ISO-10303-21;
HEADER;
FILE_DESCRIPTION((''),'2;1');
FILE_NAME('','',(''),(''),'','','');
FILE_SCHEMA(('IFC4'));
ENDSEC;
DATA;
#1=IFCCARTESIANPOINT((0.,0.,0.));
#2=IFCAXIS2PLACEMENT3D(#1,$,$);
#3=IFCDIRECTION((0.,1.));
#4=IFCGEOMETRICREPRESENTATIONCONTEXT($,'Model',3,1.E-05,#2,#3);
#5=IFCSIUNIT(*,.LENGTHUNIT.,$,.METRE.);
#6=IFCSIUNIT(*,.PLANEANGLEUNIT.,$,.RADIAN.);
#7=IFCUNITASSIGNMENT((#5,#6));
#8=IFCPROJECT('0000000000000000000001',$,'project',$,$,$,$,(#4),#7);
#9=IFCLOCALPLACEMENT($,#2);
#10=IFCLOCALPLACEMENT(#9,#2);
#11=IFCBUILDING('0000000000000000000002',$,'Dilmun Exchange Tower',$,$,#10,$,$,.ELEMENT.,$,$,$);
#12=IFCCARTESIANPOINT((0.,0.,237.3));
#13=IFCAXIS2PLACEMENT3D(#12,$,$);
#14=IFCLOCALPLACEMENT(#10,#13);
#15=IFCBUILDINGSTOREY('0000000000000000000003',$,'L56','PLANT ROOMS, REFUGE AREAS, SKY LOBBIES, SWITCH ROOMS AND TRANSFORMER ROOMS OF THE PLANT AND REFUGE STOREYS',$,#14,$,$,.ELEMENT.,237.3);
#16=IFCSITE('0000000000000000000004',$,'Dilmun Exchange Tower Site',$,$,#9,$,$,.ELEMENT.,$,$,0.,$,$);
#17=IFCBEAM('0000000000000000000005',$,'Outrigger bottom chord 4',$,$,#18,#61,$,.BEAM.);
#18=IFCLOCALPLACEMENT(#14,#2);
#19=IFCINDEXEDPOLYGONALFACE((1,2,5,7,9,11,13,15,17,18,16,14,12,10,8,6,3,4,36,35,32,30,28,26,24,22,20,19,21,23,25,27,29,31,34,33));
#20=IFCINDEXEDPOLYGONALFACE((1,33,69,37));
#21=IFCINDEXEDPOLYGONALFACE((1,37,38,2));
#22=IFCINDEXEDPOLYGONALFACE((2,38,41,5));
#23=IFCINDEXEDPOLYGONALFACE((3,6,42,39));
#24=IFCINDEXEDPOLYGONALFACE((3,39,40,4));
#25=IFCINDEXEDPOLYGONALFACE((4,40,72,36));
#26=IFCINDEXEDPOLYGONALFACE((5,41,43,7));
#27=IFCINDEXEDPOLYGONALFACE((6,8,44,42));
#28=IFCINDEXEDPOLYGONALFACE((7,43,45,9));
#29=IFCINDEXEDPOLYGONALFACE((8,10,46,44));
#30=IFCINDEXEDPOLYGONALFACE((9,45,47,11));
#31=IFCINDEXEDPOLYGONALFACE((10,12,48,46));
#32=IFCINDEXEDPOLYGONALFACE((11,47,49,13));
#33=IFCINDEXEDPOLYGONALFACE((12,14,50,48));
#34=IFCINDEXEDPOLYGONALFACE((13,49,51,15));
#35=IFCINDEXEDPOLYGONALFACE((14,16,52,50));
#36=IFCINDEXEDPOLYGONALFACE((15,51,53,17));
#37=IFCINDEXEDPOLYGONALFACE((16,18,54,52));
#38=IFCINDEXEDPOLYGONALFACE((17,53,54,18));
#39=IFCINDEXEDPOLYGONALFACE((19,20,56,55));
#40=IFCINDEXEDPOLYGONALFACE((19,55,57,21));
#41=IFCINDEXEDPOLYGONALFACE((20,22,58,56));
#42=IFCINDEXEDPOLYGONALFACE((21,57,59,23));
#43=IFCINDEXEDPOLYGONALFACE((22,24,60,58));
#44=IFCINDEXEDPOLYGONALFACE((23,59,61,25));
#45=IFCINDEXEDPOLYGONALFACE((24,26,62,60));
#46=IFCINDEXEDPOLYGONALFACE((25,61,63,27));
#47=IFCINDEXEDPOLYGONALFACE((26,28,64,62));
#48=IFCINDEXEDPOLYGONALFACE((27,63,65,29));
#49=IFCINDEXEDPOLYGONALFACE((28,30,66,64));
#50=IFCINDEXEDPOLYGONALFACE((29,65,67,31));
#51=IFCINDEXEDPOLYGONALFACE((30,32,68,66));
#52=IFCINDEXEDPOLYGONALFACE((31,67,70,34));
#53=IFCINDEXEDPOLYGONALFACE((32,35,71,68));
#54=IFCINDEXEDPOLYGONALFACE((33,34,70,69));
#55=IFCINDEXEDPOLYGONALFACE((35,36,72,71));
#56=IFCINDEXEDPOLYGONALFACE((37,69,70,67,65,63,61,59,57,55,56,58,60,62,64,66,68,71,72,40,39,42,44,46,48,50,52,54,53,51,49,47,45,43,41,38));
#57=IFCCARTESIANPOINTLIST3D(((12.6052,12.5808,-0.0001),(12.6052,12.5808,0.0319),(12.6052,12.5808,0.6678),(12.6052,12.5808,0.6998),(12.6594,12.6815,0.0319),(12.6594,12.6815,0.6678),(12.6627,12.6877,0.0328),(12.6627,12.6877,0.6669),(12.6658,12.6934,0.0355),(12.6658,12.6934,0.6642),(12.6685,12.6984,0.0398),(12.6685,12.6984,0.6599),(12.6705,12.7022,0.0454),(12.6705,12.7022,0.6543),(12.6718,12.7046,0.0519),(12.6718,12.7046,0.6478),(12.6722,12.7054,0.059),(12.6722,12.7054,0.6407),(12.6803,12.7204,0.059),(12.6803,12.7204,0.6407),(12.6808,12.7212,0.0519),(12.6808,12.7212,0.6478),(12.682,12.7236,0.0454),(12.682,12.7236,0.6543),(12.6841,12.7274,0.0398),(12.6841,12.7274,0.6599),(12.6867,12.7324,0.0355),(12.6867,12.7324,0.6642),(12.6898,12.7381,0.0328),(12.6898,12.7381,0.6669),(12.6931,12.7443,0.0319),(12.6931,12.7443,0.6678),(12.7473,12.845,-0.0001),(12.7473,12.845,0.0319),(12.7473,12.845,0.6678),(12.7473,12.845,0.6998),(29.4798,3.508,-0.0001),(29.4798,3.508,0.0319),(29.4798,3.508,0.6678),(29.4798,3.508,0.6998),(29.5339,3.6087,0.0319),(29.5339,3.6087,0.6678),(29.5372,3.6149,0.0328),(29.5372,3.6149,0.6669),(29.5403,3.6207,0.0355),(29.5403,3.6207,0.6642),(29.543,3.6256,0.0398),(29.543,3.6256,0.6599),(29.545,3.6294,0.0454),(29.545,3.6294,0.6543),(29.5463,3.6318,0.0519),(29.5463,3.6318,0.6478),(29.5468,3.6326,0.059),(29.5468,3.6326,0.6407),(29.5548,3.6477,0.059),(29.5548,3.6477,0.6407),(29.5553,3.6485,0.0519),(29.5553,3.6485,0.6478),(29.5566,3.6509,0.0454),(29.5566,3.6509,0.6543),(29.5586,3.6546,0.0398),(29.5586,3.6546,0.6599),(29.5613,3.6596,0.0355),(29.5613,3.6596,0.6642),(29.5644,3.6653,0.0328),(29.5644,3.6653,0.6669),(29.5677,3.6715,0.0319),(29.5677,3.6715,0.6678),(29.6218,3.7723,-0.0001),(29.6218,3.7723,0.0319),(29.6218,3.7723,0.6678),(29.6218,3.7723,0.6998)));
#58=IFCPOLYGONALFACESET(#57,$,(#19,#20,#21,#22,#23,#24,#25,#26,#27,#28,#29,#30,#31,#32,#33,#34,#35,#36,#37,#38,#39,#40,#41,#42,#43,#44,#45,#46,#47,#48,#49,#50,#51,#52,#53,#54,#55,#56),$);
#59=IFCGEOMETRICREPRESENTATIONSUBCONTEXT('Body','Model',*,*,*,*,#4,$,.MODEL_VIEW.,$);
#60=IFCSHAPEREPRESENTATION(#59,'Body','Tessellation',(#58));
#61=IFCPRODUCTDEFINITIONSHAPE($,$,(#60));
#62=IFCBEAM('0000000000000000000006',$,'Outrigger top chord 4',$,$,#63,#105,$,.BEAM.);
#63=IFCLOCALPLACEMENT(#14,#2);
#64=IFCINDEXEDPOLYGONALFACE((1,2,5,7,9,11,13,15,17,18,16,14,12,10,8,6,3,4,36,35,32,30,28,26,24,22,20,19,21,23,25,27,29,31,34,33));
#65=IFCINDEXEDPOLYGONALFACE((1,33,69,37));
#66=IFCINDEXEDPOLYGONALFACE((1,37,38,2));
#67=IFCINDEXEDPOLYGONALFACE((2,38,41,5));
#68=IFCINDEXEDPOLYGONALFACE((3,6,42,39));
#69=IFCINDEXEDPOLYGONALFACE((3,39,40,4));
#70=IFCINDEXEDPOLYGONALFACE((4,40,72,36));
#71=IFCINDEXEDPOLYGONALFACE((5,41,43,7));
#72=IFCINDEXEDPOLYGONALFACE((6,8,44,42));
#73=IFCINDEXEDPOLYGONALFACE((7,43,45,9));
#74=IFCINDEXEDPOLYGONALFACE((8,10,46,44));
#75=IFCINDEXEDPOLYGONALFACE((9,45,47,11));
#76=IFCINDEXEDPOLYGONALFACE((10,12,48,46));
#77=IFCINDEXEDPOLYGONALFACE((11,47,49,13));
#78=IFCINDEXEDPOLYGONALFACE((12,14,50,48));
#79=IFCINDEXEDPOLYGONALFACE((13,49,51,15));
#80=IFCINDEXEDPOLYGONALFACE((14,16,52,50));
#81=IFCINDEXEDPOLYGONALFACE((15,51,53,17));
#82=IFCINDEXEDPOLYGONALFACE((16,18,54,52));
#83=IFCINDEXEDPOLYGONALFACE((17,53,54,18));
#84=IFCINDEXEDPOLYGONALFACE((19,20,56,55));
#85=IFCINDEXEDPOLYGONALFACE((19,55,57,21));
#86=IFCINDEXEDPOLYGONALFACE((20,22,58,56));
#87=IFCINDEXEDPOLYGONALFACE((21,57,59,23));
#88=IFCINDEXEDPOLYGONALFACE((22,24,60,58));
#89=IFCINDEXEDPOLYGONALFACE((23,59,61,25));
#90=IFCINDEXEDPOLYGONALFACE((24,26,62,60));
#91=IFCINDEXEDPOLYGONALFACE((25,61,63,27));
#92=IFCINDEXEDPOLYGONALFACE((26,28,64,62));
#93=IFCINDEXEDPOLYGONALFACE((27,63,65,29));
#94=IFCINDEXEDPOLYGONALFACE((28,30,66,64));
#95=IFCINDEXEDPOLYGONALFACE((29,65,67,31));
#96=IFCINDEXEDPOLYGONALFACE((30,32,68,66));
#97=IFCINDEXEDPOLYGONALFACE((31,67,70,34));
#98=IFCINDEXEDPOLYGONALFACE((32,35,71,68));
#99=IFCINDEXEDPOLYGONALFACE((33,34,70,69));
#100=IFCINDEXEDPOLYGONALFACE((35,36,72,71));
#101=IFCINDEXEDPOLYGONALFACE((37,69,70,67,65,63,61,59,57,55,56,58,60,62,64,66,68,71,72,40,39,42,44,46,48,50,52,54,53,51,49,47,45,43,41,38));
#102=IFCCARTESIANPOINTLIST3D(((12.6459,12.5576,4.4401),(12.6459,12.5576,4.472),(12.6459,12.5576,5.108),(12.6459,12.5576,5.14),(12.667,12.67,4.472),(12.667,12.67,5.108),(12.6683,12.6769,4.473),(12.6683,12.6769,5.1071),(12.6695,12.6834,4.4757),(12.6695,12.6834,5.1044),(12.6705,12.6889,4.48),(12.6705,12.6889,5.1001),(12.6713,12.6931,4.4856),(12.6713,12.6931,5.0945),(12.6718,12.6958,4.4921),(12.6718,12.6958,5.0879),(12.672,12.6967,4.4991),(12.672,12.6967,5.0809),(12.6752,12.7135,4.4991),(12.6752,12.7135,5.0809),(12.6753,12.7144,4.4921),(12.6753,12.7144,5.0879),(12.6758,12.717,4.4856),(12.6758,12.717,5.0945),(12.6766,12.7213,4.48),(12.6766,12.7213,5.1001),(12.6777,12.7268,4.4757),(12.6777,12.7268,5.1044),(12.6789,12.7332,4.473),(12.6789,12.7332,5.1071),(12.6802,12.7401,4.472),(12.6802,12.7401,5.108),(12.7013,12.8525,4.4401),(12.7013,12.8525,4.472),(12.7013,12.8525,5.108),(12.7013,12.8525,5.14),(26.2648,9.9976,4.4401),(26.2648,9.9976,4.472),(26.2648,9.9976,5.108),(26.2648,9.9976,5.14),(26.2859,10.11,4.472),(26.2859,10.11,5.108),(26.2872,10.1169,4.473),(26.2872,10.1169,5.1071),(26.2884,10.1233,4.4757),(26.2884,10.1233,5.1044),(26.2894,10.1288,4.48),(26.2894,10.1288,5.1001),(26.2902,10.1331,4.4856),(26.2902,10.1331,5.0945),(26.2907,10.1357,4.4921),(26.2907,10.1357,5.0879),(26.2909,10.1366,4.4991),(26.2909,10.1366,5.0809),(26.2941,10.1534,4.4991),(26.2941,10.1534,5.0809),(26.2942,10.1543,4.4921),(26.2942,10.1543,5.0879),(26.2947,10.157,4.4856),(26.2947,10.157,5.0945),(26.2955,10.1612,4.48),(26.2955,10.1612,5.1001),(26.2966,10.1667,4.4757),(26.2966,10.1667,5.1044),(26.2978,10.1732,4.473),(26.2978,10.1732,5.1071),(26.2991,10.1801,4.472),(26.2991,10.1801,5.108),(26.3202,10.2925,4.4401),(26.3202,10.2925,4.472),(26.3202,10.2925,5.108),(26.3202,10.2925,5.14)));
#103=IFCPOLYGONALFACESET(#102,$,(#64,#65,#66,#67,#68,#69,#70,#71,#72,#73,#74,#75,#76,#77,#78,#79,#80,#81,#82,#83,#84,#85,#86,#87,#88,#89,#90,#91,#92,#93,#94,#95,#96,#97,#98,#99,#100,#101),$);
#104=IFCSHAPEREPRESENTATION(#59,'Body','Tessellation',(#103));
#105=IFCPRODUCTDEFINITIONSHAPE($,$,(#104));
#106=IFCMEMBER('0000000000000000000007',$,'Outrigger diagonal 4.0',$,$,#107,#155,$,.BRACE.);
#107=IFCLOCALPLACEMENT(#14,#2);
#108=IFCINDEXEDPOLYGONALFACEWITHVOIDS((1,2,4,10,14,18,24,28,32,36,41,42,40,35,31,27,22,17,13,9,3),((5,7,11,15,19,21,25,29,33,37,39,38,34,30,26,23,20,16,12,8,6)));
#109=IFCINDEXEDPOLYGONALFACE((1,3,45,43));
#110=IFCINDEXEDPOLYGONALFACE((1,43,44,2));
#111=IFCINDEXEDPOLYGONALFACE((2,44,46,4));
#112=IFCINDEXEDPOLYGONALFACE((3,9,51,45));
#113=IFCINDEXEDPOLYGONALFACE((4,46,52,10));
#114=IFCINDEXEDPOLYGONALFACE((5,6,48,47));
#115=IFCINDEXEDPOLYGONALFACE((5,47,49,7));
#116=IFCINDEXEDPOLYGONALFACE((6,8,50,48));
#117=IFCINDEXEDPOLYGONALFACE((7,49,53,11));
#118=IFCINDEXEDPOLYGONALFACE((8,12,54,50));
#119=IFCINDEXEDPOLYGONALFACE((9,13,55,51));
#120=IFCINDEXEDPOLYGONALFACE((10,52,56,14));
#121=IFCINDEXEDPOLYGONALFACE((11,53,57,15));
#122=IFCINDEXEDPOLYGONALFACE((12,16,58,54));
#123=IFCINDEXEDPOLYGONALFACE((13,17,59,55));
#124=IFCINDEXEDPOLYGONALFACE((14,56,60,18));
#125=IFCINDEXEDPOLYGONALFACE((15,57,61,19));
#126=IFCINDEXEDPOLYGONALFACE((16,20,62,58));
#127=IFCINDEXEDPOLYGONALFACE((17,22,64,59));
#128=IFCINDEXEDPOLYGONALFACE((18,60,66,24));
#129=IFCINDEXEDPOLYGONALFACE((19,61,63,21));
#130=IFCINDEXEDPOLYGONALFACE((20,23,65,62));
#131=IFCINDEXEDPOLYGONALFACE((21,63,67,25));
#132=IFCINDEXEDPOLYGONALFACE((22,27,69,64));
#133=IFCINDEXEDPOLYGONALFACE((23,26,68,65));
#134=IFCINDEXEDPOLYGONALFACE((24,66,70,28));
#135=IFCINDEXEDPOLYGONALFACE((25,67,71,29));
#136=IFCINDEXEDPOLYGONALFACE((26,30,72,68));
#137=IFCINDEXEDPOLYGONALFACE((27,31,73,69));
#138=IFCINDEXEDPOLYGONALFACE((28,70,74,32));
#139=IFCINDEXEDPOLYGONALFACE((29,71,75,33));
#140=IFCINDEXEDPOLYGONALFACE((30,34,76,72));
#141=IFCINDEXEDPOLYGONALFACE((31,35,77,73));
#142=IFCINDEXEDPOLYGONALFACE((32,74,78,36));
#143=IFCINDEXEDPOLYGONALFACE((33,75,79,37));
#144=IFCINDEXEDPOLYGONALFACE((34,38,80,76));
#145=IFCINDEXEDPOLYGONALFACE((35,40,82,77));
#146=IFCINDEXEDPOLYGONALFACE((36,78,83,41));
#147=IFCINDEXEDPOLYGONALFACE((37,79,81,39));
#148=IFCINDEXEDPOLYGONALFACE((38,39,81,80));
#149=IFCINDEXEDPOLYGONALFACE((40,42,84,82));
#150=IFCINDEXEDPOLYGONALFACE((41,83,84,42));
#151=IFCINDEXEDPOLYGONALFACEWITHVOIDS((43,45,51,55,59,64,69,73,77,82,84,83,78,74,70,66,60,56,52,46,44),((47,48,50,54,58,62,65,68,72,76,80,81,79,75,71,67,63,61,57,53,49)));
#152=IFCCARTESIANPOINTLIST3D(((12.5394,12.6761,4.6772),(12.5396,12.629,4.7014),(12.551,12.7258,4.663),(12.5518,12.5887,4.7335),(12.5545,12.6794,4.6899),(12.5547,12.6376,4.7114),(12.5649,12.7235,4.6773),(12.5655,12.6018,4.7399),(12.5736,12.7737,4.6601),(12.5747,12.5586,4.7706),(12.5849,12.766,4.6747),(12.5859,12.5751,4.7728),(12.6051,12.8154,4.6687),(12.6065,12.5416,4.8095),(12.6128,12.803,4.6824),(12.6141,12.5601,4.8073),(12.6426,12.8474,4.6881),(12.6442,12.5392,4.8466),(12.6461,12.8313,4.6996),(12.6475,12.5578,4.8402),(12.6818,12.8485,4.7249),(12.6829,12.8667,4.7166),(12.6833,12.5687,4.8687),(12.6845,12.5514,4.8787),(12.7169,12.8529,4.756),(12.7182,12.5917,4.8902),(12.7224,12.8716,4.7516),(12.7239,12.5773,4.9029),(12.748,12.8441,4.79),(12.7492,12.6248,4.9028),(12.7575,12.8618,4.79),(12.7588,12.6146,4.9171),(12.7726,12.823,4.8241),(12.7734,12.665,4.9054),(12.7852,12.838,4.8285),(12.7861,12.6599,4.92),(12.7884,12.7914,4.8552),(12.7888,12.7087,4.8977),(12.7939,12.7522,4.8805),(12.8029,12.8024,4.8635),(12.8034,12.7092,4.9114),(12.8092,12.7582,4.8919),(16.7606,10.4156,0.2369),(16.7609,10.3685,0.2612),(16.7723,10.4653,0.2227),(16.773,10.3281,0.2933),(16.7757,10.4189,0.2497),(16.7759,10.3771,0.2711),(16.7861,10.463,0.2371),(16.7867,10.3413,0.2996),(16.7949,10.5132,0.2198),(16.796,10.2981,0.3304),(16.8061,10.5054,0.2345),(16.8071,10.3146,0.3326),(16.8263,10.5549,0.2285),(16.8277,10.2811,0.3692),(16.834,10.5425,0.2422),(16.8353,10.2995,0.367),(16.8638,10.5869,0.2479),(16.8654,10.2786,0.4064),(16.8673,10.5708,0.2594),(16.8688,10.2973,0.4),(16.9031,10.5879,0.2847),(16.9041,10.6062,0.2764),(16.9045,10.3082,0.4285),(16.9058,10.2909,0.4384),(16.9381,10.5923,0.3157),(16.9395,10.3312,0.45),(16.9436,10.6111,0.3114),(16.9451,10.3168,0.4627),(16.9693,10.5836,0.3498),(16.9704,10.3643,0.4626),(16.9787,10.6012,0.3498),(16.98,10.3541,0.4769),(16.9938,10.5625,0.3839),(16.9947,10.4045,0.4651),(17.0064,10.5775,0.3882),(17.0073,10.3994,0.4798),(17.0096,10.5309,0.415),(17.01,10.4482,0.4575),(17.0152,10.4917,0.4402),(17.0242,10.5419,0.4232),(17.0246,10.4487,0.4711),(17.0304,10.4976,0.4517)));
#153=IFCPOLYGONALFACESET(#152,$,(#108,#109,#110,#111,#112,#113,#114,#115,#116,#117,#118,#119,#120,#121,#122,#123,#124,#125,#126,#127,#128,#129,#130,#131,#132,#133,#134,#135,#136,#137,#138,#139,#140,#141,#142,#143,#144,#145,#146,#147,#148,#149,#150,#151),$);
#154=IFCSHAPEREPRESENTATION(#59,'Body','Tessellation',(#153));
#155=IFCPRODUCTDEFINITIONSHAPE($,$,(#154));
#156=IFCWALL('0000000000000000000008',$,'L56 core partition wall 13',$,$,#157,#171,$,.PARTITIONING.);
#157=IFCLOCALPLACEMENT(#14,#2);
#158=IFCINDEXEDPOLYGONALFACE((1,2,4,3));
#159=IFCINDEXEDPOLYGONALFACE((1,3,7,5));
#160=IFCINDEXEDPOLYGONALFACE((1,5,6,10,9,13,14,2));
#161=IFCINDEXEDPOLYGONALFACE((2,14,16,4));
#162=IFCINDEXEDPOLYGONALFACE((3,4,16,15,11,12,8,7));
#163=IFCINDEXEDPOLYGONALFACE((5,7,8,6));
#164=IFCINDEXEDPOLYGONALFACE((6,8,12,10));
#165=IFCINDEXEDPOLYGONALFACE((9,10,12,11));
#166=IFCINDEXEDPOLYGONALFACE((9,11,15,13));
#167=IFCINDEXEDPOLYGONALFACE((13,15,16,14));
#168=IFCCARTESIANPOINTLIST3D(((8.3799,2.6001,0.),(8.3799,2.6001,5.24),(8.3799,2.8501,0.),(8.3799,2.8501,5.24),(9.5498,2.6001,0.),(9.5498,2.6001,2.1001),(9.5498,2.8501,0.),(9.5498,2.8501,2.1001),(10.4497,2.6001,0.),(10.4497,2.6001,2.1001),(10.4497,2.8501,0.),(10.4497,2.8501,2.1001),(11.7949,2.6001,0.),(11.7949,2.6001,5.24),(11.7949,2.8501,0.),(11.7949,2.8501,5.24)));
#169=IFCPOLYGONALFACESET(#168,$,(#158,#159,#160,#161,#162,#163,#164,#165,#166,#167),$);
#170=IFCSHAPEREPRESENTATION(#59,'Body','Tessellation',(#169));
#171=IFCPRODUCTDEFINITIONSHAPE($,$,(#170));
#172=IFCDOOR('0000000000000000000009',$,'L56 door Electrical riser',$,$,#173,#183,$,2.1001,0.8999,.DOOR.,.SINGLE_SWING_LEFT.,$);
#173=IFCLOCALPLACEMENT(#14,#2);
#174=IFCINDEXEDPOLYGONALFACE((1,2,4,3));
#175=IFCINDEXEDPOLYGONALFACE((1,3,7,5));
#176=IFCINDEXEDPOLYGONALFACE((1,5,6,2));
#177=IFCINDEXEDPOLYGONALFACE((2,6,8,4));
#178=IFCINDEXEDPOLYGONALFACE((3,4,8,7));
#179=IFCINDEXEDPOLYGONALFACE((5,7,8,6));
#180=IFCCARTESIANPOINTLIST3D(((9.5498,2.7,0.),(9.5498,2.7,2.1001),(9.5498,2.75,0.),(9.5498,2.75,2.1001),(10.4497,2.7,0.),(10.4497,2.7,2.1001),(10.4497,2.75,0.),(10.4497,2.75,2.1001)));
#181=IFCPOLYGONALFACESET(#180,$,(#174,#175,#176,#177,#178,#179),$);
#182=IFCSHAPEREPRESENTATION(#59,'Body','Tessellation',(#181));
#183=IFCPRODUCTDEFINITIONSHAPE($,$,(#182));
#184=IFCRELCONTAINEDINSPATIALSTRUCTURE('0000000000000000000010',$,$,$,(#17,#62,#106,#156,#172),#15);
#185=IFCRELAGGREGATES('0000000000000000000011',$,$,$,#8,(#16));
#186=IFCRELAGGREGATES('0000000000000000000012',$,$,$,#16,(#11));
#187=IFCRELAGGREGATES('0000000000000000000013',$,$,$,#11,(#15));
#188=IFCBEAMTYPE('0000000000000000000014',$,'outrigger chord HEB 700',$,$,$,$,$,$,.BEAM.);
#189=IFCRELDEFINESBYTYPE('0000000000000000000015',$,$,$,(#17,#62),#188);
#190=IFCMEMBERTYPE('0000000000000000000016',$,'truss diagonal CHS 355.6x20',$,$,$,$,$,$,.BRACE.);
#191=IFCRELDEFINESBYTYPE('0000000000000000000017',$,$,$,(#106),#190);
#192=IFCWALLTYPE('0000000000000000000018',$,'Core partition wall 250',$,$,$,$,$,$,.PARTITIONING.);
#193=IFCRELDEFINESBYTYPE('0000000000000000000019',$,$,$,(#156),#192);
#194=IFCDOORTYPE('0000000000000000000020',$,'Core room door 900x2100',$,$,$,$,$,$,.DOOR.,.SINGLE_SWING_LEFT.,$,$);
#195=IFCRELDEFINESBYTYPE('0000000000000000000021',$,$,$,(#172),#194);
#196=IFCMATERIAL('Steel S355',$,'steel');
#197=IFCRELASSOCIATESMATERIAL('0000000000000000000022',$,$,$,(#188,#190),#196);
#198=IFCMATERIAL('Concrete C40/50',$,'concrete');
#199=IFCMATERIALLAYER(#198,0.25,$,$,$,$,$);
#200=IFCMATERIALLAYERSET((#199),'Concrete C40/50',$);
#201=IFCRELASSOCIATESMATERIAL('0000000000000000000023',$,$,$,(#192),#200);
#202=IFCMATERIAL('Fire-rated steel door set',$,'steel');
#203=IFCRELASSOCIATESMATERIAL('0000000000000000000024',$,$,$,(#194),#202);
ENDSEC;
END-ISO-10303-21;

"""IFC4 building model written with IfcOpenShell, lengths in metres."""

from ifc_helpers import new_model, si_unit, direction, frame, frame_2d, origin, origin_2d, place, context, subcontext, project, spatial, rectangle, hollow_circle, i_section, extrude, material, layer, layer_set, material_profile, profile_set, type_object, element, fill, save


model = new_model("IFC4")

# Units and contexts
model_context = context("Model", 3, precision=1e-05, world=origin(), true_north=direction((0.0, 1.0)))
body_context = subcontext(model_context, "Body", "Model", "MODEL_VIEW")
ifc_project = project(units=[si_unit("LENGTHUNIT", "METRE"), si_unit("PLANEANGLEUNIT", "RADIAN")], contexts=[model_context])

# Site, building, storey
site_placement = place(None, origin())
site = spatial("IfcSite", under=ifc_project, at=site_placement, Name="Dilmun Exchange Tower Site", CompositionType="ELEMENT", RefElevation=0.0)
building_placement = place(site_placement, origin())
building = spatial("IfcBuilding", under=site, at=building_placement, Name="Dilmun Exchange Tower", CompositionType="ELEMENT")
storey_placement = place(building_placement, frame((0.0, 0.0, 237.3)))
storey = spatial("IfcBuildingStorey", under=building, at=storey_placement, Name="L56", Description="PLANT ROOMS, REFUGE AREAS, SKY LOBBIES, SWITCH ROOMS AND TRANSFORMER ROOMS OF THE PLANT AND REFUGE STOREYS", CompositionType="ELEMENT", Elevation=237.3)

# Beams
ifc_material_1 = material(Name="Steel S355", Category="steel")
ifc_material_profile_1 = material_profile(ifc_material_1, i_section(OverallWidth=0.3, OverallDepth=0.7, WebThickness=0.0171, FlangeThickness=0.032, FilletRadius=0.0271, at=origin_2d()), Name="HEB 700")
ifc_profile_set_1 = profile_set([ifc_material_profile_1], Name="Steel S355")
beam_type = type_object("IfcBeamType", Name="outrigger chord HEB 700", PredefinedType="BEAM", material=ifc_profile_set_1)
beam_1_placement = place(storey_placement, frame((12.6763, 12.7129, 0.3499), z_axis=(0.880766, -0.473553, 0.0), x_axis=(0.473553, 0.880766, 0.0)))
element("IfcBeam", 1, at=beam_1_placement, inside=storey, type_object=beam_type, Name="Outrigger bottom chord 4", PredefinedType="BEAM", context=body_context, shape_type="SweptSolid", body=[
    extrude(i_section(OverallWidth=0.3, OverallDepth=0.7, WebThickness=0.0171, FlangeThickness=0.032, FilletRadius=0.0271, at=origin_2d()), origin(), (0.0, 0.0, 1.0), 19.1589),
])
beam_2_placement = place(storey_placement, frame((12.6736, 12.7051, 4.79), z_axis=(0.982787, -0.184743, 0.0), x_axis=(0.184743, 0.982787, 0.0)))
element("IfcBeam", 2, at=beam_2_placement, inside=storey, type_object=beam_type, Name="Outrigger top chord 4", PredefinedType="BEAM", context=body_context, shape_type="SweptSolid", body=[
    extrude(i_section(OverallWidth=0.3, OverallDepth=0.7, WebThickness=0.0171, FlangeThickness=0.032, FilletRadius=0.0271, at=origin_2d()), origin(), (0.0, 0.0, 1.0), 13.8574),
])

# Member
ifc_material_profile_2 = material_profile(ifc_material_1, hollow_circle(Radius=0.1777, WallThickness=0.02, at=origin_2d()), Name="CHS 355.6x20")
ifc_profile_set_2 = profile_set([ifc_material_profile_2], Name="Steel S355")
member_type = type_object("IfcMemberType", Name="truss diagonal CHS 355.6x20", PredefinedType="BRACE", material=ifc_profile_set_2)
member_placement = place(storey_placement, frame((12.6736, 12.7051, 4.79), z_axis=(0.64641, -0.34616, -0.679946), x_axis=(0.472083, 0.881554, 0.0)))
element("IfcMember", 3, at=member_placement, inside=storey, type_object=member_type, Name="Outrigger diagonal 4.0", PredefinedType="BRACE", context=body_context, shape_type="SweptSolid", body=[
    extrude(hollow_circle(Radius=0.1777, WallThickness=0.02, at=origin_2d()), origin(), (0.0, 0.0, 1.0), 6.5303),
])

# Wall, opening, door
ifc_material_2 = material(Name="Concrete C40/50", Category="concrete")
ifc_layer_1 = layer(ifc_material_2, 0.25)
ifc_layer_set_1 = layer_set([ifc_layer_1], Name="Concrete C40/50")
wall_type_1 = type_object("IfcWallType", Name="Core partition wall 250", PredefinedType="PARTITIONING", material=ifc_layer_set_1)
wall_1_placement = place(storey_placement, frame((8.3799, 2.7251, 0.0), z_axis=(0.0, 0.0, 1.0), x_axis=(1.0, 0.0, 0.0)))
wall_1 = element("IfcWall", 4, at=wall_1_placement, inside=storey, type_object=wall_type_1, Name="L56 core partition wall 13", PredefinedType="PARTITIONING", context=body_context, shape_type="SweptSolid", body=[
    extrude(rectangle(XDim=3.415, YDim=0.25, at=frame_2d((1.7075, 0.0))), origin(), (0.0, 0.0, 1.0), 5.24),
])
opening_1_placement = place(wall_1_placement, frame((1.1699, 0.0, 0.0)))
opening_1 = element("IfcOpeningElement", 5, at=opening_1_placement, cuts=wall_1, PredefinedType="OPENING", context=body_context, shape_type="SweptSolid", body=[
    extrude(rectangle(XDim=0.8999, YDim=2.1001, at=frame_2d((0.45, 1.05))), frame((0.0, 0.135, 0.0), z_axis=(0.0, -1.0, 0.0), x_axis=(1.0, 0.0, 0.0)), (0.0, 0.0, 1.0), 0.27),
])
ifc_material_3 = material(Name="Fire-rated steel door set", Category="steel")
door_type_1 = type_object("IfcDoorType", Name="Core room door 900x2100", OperationType="SINGLE_SWING_LEFT", PredefinedType="DOOR", material=ifc_material_3)
door_1_placement = place(opening_1_placement, origin())
door_1 = element("IfcDoor", 6, at=door_1_placement, inside=storey, type_object=door_type_1, Name="L56 door Electrical riser", OperationType="SINGLE_SWING_LEFT", OverallHeight=2.1001, OverallWidth=0.8999, PredefinedType="DOOR", context=body_context, shape_type="SweptSolid", body=[
    extrude(rectangle(XDim=0.8999, YDim=2.1001, at=frame_2d((0.45, 1.05))), frame((0.0, 0.0249, 0.0), z_axis=(0.0, -1.0, 0.0), x_axis=(1.0, 0.0, 0.0)), (0.0, 0.0, 1.0), 0.05),
])
fill(opening_1, door_1)

save(model, "model.ifc")
